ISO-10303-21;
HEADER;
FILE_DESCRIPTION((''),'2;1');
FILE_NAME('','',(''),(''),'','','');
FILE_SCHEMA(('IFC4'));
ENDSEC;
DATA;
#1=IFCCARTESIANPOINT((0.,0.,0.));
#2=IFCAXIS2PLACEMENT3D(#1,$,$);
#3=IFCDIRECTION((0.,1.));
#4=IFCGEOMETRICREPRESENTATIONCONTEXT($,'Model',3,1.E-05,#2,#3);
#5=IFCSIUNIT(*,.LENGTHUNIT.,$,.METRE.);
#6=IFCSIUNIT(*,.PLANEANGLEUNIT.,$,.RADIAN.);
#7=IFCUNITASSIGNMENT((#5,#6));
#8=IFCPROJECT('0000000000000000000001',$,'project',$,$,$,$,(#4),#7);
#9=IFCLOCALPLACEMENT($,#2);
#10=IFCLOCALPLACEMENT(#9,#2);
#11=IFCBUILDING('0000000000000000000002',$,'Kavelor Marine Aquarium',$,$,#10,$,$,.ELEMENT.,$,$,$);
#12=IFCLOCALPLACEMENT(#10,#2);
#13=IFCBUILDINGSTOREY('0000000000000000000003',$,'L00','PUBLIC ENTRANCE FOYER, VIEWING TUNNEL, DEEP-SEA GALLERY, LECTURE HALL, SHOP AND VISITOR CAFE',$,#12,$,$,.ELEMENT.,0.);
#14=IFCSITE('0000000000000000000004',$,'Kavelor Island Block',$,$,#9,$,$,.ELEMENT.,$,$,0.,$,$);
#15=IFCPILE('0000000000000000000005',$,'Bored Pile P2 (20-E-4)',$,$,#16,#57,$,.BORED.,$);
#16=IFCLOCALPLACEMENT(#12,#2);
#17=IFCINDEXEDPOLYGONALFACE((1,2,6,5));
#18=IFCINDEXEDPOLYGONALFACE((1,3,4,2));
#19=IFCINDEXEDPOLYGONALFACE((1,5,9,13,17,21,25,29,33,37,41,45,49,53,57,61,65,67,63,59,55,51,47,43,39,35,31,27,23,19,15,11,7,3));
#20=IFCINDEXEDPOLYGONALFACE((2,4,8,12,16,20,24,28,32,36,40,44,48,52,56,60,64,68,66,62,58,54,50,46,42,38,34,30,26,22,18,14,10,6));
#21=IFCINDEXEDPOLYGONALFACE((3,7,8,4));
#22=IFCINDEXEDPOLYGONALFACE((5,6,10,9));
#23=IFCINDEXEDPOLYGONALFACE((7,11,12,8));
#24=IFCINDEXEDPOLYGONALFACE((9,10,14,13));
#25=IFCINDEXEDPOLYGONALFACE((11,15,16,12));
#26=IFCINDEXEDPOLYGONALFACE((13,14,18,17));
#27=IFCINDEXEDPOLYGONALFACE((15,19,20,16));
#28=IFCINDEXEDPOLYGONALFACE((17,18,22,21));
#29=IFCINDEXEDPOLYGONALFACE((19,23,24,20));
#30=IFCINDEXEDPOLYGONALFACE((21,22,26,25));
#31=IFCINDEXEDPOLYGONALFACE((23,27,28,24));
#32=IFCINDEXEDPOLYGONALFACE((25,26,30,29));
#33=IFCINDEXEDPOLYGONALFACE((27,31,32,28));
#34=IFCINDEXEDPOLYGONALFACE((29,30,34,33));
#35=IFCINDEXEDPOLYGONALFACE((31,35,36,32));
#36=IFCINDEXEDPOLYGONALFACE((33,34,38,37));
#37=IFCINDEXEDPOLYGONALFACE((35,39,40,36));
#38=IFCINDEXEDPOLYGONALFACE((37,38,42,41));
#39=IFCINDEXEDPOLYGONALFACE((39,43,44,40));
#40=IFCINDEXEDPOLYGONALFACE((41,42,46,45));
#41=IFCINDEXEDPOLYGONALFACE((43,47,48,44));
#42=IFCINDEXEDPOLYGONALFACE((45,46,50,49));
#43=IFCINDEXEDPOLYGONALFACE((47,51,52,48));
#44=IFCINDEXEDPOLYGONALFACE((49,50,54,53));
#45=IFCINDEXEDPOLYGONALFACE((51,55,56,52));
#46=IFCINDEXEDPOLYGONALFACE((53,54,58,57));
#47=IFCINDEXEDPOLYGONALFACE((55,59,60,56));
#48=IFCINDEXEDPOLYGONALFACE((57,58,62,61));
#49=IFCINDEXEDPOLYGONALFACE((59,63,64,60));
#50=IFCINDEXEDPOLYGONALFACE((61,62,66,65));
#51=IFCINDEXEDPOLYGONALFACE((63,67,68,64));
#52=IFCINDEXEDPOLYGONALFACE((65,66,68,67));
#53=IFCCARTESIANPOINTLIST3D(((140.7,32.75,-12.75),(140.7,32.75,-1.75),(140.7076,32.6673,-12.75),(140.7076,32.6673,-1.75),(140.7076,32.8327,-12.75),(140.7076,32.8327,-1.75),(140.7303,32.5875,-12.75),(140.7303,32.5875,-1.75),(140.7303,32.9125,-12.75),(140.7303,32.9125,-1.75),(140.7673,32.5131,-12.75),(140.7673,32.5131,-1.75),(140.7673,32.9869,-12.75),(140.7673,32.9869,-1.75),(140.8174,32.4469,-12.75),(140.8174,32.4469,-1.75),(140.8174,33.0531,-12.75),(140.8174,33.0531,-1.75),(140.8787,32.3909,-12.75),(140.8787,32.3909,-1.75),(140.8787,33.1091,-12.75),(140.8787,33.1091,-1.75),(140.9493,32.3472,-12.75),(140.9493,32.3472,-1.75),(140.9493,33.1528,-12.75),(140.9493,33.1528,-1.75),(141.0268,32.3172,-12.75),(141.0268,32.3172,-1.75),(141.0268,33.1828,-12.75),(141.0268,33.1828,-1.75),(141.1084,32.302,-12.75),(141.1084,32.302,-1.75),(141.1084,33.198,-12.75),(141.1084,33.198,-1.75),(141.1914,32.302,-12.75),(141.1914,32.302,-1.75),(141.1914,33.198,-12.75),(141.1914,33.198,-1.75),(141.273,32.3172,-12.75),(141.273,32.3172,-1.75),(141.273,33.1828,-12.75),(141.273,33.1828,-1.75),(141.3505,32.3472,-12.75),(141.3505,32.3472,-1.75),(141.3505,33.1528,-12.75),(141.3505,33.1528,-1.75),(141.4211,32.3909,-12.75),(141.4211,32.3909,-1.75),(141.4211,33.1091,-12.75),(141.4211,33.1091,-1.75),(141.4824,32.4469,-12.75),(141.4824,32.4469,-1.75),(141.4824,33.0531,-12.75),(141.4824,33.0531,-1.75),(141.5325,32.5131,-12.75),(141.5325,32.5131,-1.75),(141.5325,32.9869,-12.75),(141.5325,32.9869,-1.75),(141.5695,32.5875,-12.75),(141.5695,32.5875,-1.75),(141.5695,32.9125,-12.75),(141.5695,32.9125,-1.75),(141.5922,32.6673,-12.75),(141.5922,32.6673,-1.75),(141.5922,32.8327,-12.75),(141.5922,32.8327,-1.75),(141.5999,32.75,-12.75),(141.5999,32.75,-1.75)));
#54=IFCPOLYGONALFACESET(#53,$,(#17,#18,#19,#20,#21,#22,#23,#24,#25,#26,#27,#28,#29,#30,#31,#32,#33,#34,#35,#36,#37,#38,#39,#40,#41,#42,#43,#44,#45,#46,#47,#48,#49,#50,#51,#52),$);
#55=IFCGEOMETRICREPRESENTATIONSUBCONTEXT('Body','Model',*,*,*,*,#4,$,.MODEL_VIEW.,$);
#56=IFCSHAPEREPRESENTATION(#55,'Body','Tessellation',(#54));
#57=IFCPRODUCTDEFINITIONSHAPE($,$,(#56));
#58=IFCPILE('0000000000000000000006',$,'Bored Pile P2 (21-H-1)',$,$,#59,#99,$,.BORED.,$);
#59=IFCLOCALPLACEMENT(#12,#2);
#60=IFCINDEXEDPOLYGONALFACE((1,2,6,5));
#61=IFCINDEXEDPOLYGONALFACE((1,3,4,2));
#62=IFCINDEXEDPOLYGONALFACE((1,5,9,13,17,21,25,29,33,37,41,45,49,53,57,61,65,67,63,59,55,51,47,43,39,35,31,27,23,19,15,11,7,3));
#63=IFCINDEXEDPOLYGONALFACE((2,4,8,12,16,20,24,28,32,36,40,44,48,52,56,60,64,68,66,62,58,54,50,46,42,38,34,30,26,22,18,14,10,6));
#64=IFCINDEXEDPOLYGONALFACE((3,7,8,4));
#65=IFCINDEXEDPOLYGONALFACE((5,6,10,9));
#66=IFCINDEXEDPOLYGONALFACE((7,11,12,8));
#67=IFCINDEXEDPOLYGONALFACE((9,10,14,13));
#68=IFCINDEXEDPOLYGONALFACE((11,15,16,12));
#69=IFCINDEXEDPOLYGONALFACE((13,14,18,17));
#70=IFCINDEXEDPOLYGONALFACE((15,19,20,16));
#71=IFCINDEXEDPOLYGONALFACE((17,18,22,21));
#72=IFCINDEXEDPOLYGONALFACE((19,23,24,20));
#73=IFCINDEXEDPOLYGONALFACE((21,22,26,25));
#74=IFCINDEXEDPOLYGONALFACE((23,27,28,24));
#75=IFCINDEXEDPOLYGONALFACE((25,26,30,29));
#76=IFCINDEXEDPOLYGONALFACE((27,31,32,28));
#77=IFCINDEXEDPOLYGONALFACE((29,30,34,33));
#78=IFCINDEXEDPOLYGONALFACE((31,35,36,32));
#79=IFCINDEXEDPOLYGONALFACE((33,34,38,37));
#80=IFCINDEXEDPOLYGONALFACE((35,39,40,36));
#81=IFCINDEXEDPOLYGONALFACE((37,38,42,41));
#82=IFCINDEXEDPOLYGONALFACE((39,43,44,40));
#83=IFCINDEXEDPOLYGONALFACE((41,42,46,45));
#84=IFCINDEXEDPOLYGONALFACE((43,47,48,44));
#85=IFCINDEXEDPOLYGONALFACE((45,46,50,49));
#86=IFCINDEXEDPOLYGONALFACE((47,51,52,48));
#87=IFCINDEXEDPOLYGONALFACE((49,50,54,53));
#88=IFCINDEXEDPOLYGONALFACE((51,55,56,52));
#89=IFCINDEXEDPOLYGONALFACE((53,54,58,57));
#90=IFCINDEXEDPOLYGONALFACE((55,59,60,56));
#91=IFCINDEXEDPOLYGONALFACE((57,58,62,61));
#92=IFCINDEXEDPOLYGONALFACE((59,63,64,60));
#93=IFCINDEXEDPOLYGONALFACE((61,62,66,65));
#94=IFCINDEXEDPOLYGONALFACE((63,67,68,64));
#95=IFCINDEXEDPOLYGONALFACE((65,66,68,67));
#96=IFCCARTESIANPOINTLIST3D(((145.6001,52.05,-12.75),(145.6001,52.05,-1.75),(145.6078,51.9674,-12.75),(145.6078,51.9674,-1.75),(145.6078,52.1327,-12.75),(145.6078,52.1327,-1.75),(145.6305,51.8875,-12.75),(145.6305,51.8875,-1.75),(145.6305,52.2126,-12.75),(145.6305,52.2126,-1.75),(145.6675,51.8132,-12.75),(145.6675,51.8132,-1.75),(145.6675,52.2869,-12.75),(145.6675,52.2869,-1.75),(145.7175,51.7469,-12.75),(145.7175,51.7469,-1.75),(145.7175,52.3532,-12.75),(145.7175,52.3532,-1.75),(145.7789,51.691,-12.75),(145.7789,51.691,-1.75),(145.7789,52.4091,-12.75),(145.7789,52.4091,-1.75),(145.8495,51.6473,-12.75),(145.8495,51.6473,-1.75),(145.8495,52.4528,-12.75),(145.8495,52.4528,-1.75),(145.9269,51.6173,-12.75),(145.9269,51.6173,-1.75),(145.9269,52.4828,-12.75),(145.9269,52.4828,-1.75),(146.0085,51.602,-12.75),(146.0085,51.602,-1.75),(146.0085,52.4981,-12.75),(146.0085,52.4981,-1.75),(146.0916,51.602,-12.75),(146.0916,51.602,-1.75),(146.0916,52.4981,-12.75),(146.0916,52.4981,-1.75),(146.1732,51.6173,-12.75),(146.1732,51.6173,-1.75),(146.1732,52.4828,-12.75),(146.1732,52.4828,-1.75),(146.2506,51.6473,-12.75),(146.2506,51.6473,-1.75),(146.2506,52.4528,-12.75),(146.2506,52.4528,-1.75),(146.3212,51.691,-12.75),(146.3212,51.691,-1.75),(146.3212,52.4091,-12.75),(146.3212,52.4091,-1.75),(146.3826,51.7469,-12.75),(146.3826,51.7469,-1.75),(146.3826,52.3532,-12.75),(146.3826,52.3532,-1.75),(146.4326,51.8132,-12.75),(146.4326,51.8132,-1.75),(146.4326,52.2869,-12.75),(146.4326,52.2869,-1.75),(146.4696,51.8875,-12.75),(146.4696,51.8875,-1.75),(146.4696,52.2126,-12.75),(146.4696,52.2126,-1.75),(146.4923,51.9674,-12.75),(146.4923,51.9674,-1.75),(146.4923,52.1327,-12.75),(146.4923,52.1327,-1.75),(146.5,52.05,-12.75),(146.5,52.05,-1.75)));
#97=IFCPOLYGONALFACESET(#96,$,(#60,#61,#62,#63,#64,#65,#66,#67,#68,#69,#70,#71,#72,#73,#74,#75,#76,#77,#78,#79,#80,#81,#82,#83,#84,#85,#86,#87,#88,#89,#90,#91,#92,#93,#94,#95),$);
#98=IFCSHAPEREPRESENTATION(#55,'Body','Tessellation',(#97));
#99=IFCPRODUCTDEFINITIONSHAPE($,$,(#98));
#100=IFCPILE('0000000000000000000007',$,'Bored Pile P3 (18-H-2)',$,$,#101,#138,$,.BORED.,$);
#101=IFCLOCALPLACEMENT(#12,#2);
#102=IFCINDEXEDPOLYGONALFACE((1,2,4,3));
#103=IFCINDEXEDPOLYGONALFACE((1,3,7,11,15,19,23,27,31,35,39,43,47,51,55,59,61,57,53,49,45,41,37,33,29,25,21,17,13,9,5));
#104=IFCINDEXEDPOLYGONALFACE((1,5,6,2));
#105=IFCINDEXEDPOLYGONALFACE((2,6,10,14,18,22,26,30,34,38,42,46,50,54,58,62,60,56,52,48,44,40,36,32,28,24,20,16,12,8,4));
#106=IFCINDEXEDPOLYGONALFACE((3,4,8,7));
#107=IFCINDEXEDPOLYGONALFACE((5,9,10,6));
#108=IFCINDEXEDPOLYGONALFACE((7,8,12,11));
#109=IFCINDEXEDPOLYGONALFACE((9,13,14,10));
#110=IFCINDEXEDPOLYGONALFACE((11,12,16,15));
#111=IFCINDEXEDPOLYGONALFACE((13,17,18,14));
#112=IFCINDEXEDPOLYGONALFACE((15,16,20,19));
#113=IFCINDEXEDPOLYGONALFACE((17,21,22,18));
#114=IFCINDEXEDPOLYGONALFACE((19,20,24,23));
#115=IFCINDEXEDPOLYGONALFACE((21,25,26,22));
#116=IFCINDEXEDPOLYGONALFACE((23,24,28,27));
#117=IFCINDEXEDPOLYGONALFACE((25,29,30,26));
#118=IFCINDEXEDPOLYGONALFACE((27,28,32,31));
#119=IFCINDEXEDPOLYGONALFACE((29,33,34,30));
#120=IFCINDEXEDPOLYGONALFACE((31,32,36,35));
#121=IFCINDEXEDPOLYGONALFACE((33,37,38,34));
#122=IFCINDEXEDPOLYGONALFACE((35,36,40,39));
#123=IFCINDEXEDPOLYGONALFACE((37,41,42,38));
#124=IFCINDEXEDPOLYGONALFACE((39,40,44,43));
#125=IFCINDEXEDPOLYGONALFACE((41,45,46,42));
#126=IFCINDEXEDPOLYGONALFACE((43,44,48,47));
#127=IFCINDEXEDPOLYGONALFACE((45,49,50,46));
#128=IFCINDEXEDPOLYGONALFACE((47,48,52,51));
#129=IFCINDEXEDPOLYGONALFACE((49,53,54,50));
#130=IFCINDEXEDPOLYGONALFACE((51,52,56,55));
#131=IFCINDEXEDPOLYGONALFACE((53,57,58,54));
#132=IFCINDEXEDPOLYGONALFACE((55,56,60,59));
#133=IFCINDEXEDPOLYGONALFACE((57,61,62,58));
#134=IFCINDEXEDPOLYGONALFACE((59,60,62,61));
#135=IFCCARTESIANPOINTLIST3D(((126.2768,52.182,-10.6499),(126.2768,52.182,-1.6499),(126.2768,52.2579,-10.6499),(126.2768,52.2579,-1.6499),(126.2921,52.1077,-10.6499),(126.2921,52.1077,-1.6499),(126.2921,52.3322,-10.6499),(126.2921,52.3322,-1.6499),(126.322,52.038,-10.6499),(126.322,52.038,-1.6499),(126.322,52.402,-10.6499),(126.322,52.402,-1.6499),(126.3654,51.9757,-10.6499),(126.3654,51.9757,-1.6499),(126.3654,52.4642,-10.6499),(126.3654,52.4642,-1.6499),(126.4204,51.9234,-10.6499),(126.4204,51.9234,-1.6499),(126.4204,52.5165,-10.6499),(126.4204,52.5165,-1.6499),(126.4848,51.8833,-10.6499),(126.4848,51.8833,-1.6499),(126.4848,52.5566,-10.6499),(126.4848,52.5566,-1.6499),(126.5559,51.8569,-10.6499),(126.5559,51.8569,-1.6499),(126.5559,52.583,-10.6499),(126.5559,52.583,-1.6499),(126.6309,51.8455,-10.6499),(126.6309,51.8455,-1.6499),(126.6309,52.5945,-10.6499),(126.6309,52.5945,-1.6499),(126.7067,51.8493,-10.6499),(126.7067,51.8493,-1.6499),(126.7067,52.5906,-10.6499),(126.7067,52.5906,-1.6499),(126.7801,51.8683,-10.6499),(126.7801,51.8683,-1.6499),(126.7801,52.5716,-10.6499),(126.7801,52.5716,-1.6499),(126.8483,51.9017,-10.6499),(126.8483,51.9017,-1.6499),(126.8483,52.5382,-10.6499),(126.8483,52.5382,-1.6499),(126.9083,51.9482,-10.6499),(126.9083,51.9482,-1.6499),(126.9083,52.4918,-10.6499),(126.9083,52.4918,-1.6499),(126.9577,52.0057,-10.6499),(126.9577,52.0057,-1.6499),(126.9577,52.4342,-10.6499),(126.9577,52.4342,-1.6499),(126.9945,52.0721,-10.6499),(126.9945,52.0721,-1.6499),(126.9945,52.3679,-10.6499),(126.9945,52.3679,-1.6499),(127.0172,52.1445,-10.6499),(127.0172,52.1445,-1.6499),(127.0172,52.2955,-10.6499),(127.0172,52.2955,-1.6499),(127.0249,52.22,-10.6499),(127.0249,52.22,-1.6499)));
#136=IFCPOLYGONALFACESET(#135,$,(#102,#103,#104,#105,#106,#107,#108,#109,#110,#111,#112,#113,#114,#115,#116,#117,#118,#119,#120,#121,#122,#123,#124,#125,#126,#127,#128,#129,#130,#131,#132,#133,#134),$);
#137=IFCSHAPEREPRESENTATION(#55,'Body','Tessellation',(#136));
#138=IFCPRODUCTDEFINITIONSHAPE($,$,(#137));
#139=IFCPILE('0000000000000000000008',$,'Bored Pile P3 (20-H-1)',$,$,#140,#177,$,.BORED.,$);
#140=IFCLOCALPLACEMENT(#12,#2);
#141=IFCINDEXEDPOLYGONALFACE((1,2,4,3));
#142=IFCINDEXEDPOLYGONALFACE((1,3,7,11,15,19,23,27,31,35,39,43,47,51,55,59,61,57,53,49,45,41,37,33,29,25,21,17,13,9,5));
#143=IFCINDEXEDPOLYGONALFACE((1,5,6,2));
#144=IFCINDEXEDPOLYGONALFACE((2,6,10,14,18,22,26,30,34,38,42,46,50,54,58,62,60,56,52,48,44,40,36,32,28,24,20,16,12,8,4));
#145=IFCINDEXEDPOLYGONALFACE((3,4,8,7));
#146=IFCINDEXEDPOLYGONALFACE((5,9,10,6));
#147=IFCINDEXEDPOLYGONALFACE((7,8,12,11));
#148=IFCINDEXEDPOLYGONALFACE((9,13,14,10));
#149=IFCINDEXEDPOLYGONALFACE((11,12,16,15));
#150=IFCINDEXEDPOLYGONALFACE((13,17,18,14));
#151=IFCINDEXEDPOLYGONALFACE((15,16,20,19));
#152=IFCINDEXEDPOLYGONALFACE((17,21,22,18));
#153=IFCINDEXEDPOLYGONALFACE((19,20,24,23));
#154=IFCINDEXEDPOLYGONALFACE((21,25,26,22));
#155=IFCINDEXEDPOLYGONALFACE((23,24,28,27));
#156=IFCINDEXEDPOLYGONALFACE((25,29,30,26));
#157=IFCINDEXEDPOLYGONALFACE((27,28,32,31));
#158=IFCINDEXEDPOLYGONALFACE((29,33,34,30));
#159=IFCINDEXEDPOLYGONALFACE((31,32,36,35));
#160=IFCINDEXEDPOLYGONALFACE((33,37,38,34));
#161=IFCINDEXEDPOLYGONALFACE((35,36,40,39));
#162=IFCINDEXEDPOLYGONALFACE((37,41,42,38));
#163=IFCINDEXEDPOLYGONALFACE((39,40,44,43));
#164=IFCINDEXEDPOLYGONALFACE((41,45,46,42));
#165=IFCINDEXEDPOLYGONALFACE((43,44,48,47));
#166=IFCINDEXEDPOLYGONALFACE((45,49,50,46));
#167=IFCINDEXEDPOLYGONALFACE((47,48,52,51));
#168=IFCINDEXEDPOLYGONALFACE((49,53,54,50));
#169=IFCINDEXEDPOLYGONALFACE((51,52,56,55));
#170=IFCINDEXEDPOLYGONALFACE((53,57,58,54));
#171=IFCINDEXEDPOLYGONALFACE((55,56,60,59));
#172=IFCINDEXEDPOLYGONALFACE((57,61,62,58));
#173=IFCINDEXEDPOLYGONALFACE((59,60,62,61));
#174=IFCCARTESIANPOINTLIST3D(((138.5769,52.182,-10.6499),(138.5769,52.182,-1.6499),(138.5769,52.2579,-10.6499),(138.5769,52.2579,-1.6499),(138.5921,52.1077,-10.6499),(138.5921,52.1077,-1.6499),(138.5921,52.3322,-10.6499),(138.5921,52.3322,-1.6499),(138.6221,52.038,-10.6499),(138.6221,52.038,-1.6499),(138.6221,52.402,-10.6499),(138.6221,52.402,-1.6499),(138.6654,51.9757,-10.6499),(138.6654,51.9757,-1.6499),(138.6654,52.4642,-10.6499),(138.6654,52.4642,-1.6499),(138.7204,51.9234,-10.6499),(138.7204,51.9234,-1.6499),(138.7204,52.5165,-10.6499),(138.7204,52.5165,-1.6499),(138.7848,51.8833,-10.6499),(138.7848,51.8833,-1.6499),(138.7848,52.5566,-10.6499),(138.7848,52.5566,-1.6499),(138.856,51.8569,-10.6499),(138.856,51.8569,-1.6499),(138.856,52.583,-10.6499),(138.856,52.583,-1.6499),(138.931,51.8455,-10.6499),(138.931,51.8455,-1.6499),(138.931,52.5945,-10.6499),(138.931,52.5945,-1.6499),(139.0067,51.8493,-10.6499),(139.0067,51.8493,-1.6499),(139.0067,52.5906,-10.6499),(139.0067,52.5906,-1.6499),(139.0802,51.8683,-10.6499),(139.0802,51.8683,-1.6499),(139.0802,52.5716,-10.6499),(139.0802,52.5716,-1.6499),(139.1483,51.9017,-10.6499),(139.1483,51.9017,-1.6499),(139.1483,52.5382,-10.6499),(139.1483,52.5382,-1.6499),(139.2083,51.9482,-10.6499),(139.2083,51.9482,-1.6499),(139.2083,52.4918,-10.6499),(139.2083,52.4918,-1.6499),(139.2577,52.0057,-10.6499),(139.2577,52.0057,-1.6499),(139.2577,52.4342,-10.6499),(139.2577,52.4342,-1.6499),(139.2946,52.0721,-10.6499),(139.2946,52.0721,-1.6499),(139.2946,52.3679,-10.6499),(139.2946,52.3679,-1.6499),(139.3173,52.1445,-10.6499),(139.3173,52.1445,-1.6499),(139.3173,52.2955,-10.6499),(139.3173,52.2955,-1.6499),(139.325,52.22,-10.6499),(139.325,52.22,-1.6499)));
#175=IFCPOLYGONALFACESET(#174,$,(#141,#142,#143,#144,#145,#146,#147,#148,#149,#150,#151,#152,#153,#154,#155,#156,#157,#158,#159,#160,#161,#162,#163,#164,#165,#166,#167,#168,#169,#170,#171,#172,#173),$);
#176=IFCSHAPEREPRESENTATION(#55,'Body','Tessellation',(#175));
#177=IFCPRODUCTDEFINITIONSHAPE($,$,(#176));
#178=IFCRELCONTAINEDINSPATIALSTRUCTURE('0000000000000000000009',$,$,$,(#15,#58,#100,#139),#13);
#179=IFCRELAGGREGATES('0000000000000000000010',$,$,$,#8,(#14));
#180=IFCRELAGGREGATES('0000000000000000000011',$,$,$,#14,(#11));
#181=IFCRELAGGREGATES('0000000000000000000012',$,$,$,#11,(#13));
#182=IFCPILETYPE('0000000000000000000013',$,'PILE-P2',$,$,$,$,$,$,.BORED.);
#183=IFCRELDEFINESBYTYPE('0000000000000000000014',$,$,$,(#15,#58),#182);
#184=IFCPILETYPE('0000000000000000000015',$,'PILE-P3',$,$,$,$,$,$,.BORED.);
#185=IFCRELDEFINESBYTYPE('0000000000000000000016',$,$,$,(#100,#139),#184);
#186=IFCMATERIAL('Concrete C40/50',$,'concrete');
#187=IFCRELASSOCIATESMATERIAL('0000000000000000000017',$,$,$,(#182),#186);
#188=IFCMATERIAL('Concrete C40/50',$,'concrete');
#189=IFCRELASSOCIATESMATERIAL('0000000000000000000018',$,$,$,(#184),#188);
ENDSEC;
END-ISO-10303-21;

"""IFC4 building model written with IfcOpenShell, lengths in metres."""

from ifc_helpers import new_model, si_unit, direction, frame, origin, origin_2d, place, context, subcontext, project, spatial, circle, extrude, material, material_profile, profile_set, type_object, element, save


model = new_model("IFC4")

# Units and contexts
model_context = context("Model", 3, precision=1e-05, world=origin(), true_north=direction((0.0, 1.0)))
body_context = subcontext(model_context, "Body", "Model", "MODEL_VIEW")
ifc_project = project(units=[si_unit("LENGTHUNIT", "METRE"), si_unit("PLANEANGLEUNIT", "RADIAN")], contexts=[model_context])

# Site, building, storey
site_placement = place(None, origin())
site = spatial("IfcSite", under=ifc_project, at=site_placement, Name="Kavelor Island Block", CompositionType="ELEMENT", RefElevation=0.0)
building_placement = place(site_placement, origin())
building = spatial("IfcBuilding", under=site, at=building_placement, Name="Kavelor Marine Aquarium", CompositionType="ELEMENT")
storey_placement = place(building_placement, origin())
storey = spatial("IfcBuildingStorey", under=building, at=storey_placement, Name="L00", Description="PUBLIC ENTRANCE FOYER, VIEWING TUNNEL, DEEP-SEA GALLERY, LECTURE HALL, SHOP AND VISITOR CAFE", CompositionType="ELEMENT", Elevation=0.0)

# Piles
ifc_material_1 = material(Name="Concrete C40/50", Category="concrete")
ifc_material_profile_1 = material_profile(ifc_material_1, circle(Radius=0.45, at=origin_2d()), Name="PILE D900")
ifc_profile_set_1 = profile_set([ifc_material_profile_1], Name="Concrete C40/50")
pile_type_1 = type_object("IfcPileType", Name="PILE-P2", PredefinedType="BORED", material=ifc_profile_set_1)
for number, where, z_axis, x_axis, name in (
    (1, (141.1499, 32.75, -1.75), (0.0, 0.0, -1.0), (1.0, 0.0, 0.0), "Bored Pile P2 (20-E-4)"),
    (2, (146.05, 52.05, -1.75), (0.0, 0.0, -1.0), (1.0, 0.0, 0.0), "Bored Pile P2 (21-H-1)"),
):
    element("IfcPile", number, at=place(storey_placement, frame(where, z_axis=z_axis, x_axis=x_axis)), inside=storey, type_object=pile_type_1, Name=name, PredefinedType="BORED", context=body_context, shape_type="SweptSolid", body=[
        extrude(circle(Radius=0.45, at=origin_2d()), origin(), (0.0, 0.0, 1.0), 11.0),
    ])
ifc_material_2 = material(Name="Concrete C40/50", Category="concrete")
ifc_material_profile_2 = material_profile(ifc_material_2, circle(Radius=0.375, at=origin_2d()), Name="PILE D750")
ifc_profile_set_2 = profile_set([ifc_material_profile_2], Name="Concrete C40/50")
pile_type_2 = type_object("IfcPileType", Name="PILE-P3", PredefinedType="BORED", material=ifc_profile_set_2)
for number, where, z_axis, x_axis, name in (
    (3, (126.6499, 52.22, -1.6499), (0.0, 0.0, -1.0), (1.0, 0.0, 0.0), "Bored Pile P3 (18-H-2)"),
    (4, (138.95, 52.22, -1.6499), (0.0, 0.0, -1.0), (1.0, 0.0, 0.0), "Bored Pile P3 (20-H-1)"),
):
    element("IfcPile", number, at=place(storey_placement, frame(where, z_axis=z_axis, x_axis=x_axis)), inside=storey, type_object=pile_type_2, Name=name, PredefinedType="BORED", context=body_context, shape_type="SweptSolid", body=[
        extrude(circle(Radius=0.375, at=origin_2d()), origin(), (0.0, 0.0, 1.0), 9.0),
    ])

save(model, "model.ifc")
